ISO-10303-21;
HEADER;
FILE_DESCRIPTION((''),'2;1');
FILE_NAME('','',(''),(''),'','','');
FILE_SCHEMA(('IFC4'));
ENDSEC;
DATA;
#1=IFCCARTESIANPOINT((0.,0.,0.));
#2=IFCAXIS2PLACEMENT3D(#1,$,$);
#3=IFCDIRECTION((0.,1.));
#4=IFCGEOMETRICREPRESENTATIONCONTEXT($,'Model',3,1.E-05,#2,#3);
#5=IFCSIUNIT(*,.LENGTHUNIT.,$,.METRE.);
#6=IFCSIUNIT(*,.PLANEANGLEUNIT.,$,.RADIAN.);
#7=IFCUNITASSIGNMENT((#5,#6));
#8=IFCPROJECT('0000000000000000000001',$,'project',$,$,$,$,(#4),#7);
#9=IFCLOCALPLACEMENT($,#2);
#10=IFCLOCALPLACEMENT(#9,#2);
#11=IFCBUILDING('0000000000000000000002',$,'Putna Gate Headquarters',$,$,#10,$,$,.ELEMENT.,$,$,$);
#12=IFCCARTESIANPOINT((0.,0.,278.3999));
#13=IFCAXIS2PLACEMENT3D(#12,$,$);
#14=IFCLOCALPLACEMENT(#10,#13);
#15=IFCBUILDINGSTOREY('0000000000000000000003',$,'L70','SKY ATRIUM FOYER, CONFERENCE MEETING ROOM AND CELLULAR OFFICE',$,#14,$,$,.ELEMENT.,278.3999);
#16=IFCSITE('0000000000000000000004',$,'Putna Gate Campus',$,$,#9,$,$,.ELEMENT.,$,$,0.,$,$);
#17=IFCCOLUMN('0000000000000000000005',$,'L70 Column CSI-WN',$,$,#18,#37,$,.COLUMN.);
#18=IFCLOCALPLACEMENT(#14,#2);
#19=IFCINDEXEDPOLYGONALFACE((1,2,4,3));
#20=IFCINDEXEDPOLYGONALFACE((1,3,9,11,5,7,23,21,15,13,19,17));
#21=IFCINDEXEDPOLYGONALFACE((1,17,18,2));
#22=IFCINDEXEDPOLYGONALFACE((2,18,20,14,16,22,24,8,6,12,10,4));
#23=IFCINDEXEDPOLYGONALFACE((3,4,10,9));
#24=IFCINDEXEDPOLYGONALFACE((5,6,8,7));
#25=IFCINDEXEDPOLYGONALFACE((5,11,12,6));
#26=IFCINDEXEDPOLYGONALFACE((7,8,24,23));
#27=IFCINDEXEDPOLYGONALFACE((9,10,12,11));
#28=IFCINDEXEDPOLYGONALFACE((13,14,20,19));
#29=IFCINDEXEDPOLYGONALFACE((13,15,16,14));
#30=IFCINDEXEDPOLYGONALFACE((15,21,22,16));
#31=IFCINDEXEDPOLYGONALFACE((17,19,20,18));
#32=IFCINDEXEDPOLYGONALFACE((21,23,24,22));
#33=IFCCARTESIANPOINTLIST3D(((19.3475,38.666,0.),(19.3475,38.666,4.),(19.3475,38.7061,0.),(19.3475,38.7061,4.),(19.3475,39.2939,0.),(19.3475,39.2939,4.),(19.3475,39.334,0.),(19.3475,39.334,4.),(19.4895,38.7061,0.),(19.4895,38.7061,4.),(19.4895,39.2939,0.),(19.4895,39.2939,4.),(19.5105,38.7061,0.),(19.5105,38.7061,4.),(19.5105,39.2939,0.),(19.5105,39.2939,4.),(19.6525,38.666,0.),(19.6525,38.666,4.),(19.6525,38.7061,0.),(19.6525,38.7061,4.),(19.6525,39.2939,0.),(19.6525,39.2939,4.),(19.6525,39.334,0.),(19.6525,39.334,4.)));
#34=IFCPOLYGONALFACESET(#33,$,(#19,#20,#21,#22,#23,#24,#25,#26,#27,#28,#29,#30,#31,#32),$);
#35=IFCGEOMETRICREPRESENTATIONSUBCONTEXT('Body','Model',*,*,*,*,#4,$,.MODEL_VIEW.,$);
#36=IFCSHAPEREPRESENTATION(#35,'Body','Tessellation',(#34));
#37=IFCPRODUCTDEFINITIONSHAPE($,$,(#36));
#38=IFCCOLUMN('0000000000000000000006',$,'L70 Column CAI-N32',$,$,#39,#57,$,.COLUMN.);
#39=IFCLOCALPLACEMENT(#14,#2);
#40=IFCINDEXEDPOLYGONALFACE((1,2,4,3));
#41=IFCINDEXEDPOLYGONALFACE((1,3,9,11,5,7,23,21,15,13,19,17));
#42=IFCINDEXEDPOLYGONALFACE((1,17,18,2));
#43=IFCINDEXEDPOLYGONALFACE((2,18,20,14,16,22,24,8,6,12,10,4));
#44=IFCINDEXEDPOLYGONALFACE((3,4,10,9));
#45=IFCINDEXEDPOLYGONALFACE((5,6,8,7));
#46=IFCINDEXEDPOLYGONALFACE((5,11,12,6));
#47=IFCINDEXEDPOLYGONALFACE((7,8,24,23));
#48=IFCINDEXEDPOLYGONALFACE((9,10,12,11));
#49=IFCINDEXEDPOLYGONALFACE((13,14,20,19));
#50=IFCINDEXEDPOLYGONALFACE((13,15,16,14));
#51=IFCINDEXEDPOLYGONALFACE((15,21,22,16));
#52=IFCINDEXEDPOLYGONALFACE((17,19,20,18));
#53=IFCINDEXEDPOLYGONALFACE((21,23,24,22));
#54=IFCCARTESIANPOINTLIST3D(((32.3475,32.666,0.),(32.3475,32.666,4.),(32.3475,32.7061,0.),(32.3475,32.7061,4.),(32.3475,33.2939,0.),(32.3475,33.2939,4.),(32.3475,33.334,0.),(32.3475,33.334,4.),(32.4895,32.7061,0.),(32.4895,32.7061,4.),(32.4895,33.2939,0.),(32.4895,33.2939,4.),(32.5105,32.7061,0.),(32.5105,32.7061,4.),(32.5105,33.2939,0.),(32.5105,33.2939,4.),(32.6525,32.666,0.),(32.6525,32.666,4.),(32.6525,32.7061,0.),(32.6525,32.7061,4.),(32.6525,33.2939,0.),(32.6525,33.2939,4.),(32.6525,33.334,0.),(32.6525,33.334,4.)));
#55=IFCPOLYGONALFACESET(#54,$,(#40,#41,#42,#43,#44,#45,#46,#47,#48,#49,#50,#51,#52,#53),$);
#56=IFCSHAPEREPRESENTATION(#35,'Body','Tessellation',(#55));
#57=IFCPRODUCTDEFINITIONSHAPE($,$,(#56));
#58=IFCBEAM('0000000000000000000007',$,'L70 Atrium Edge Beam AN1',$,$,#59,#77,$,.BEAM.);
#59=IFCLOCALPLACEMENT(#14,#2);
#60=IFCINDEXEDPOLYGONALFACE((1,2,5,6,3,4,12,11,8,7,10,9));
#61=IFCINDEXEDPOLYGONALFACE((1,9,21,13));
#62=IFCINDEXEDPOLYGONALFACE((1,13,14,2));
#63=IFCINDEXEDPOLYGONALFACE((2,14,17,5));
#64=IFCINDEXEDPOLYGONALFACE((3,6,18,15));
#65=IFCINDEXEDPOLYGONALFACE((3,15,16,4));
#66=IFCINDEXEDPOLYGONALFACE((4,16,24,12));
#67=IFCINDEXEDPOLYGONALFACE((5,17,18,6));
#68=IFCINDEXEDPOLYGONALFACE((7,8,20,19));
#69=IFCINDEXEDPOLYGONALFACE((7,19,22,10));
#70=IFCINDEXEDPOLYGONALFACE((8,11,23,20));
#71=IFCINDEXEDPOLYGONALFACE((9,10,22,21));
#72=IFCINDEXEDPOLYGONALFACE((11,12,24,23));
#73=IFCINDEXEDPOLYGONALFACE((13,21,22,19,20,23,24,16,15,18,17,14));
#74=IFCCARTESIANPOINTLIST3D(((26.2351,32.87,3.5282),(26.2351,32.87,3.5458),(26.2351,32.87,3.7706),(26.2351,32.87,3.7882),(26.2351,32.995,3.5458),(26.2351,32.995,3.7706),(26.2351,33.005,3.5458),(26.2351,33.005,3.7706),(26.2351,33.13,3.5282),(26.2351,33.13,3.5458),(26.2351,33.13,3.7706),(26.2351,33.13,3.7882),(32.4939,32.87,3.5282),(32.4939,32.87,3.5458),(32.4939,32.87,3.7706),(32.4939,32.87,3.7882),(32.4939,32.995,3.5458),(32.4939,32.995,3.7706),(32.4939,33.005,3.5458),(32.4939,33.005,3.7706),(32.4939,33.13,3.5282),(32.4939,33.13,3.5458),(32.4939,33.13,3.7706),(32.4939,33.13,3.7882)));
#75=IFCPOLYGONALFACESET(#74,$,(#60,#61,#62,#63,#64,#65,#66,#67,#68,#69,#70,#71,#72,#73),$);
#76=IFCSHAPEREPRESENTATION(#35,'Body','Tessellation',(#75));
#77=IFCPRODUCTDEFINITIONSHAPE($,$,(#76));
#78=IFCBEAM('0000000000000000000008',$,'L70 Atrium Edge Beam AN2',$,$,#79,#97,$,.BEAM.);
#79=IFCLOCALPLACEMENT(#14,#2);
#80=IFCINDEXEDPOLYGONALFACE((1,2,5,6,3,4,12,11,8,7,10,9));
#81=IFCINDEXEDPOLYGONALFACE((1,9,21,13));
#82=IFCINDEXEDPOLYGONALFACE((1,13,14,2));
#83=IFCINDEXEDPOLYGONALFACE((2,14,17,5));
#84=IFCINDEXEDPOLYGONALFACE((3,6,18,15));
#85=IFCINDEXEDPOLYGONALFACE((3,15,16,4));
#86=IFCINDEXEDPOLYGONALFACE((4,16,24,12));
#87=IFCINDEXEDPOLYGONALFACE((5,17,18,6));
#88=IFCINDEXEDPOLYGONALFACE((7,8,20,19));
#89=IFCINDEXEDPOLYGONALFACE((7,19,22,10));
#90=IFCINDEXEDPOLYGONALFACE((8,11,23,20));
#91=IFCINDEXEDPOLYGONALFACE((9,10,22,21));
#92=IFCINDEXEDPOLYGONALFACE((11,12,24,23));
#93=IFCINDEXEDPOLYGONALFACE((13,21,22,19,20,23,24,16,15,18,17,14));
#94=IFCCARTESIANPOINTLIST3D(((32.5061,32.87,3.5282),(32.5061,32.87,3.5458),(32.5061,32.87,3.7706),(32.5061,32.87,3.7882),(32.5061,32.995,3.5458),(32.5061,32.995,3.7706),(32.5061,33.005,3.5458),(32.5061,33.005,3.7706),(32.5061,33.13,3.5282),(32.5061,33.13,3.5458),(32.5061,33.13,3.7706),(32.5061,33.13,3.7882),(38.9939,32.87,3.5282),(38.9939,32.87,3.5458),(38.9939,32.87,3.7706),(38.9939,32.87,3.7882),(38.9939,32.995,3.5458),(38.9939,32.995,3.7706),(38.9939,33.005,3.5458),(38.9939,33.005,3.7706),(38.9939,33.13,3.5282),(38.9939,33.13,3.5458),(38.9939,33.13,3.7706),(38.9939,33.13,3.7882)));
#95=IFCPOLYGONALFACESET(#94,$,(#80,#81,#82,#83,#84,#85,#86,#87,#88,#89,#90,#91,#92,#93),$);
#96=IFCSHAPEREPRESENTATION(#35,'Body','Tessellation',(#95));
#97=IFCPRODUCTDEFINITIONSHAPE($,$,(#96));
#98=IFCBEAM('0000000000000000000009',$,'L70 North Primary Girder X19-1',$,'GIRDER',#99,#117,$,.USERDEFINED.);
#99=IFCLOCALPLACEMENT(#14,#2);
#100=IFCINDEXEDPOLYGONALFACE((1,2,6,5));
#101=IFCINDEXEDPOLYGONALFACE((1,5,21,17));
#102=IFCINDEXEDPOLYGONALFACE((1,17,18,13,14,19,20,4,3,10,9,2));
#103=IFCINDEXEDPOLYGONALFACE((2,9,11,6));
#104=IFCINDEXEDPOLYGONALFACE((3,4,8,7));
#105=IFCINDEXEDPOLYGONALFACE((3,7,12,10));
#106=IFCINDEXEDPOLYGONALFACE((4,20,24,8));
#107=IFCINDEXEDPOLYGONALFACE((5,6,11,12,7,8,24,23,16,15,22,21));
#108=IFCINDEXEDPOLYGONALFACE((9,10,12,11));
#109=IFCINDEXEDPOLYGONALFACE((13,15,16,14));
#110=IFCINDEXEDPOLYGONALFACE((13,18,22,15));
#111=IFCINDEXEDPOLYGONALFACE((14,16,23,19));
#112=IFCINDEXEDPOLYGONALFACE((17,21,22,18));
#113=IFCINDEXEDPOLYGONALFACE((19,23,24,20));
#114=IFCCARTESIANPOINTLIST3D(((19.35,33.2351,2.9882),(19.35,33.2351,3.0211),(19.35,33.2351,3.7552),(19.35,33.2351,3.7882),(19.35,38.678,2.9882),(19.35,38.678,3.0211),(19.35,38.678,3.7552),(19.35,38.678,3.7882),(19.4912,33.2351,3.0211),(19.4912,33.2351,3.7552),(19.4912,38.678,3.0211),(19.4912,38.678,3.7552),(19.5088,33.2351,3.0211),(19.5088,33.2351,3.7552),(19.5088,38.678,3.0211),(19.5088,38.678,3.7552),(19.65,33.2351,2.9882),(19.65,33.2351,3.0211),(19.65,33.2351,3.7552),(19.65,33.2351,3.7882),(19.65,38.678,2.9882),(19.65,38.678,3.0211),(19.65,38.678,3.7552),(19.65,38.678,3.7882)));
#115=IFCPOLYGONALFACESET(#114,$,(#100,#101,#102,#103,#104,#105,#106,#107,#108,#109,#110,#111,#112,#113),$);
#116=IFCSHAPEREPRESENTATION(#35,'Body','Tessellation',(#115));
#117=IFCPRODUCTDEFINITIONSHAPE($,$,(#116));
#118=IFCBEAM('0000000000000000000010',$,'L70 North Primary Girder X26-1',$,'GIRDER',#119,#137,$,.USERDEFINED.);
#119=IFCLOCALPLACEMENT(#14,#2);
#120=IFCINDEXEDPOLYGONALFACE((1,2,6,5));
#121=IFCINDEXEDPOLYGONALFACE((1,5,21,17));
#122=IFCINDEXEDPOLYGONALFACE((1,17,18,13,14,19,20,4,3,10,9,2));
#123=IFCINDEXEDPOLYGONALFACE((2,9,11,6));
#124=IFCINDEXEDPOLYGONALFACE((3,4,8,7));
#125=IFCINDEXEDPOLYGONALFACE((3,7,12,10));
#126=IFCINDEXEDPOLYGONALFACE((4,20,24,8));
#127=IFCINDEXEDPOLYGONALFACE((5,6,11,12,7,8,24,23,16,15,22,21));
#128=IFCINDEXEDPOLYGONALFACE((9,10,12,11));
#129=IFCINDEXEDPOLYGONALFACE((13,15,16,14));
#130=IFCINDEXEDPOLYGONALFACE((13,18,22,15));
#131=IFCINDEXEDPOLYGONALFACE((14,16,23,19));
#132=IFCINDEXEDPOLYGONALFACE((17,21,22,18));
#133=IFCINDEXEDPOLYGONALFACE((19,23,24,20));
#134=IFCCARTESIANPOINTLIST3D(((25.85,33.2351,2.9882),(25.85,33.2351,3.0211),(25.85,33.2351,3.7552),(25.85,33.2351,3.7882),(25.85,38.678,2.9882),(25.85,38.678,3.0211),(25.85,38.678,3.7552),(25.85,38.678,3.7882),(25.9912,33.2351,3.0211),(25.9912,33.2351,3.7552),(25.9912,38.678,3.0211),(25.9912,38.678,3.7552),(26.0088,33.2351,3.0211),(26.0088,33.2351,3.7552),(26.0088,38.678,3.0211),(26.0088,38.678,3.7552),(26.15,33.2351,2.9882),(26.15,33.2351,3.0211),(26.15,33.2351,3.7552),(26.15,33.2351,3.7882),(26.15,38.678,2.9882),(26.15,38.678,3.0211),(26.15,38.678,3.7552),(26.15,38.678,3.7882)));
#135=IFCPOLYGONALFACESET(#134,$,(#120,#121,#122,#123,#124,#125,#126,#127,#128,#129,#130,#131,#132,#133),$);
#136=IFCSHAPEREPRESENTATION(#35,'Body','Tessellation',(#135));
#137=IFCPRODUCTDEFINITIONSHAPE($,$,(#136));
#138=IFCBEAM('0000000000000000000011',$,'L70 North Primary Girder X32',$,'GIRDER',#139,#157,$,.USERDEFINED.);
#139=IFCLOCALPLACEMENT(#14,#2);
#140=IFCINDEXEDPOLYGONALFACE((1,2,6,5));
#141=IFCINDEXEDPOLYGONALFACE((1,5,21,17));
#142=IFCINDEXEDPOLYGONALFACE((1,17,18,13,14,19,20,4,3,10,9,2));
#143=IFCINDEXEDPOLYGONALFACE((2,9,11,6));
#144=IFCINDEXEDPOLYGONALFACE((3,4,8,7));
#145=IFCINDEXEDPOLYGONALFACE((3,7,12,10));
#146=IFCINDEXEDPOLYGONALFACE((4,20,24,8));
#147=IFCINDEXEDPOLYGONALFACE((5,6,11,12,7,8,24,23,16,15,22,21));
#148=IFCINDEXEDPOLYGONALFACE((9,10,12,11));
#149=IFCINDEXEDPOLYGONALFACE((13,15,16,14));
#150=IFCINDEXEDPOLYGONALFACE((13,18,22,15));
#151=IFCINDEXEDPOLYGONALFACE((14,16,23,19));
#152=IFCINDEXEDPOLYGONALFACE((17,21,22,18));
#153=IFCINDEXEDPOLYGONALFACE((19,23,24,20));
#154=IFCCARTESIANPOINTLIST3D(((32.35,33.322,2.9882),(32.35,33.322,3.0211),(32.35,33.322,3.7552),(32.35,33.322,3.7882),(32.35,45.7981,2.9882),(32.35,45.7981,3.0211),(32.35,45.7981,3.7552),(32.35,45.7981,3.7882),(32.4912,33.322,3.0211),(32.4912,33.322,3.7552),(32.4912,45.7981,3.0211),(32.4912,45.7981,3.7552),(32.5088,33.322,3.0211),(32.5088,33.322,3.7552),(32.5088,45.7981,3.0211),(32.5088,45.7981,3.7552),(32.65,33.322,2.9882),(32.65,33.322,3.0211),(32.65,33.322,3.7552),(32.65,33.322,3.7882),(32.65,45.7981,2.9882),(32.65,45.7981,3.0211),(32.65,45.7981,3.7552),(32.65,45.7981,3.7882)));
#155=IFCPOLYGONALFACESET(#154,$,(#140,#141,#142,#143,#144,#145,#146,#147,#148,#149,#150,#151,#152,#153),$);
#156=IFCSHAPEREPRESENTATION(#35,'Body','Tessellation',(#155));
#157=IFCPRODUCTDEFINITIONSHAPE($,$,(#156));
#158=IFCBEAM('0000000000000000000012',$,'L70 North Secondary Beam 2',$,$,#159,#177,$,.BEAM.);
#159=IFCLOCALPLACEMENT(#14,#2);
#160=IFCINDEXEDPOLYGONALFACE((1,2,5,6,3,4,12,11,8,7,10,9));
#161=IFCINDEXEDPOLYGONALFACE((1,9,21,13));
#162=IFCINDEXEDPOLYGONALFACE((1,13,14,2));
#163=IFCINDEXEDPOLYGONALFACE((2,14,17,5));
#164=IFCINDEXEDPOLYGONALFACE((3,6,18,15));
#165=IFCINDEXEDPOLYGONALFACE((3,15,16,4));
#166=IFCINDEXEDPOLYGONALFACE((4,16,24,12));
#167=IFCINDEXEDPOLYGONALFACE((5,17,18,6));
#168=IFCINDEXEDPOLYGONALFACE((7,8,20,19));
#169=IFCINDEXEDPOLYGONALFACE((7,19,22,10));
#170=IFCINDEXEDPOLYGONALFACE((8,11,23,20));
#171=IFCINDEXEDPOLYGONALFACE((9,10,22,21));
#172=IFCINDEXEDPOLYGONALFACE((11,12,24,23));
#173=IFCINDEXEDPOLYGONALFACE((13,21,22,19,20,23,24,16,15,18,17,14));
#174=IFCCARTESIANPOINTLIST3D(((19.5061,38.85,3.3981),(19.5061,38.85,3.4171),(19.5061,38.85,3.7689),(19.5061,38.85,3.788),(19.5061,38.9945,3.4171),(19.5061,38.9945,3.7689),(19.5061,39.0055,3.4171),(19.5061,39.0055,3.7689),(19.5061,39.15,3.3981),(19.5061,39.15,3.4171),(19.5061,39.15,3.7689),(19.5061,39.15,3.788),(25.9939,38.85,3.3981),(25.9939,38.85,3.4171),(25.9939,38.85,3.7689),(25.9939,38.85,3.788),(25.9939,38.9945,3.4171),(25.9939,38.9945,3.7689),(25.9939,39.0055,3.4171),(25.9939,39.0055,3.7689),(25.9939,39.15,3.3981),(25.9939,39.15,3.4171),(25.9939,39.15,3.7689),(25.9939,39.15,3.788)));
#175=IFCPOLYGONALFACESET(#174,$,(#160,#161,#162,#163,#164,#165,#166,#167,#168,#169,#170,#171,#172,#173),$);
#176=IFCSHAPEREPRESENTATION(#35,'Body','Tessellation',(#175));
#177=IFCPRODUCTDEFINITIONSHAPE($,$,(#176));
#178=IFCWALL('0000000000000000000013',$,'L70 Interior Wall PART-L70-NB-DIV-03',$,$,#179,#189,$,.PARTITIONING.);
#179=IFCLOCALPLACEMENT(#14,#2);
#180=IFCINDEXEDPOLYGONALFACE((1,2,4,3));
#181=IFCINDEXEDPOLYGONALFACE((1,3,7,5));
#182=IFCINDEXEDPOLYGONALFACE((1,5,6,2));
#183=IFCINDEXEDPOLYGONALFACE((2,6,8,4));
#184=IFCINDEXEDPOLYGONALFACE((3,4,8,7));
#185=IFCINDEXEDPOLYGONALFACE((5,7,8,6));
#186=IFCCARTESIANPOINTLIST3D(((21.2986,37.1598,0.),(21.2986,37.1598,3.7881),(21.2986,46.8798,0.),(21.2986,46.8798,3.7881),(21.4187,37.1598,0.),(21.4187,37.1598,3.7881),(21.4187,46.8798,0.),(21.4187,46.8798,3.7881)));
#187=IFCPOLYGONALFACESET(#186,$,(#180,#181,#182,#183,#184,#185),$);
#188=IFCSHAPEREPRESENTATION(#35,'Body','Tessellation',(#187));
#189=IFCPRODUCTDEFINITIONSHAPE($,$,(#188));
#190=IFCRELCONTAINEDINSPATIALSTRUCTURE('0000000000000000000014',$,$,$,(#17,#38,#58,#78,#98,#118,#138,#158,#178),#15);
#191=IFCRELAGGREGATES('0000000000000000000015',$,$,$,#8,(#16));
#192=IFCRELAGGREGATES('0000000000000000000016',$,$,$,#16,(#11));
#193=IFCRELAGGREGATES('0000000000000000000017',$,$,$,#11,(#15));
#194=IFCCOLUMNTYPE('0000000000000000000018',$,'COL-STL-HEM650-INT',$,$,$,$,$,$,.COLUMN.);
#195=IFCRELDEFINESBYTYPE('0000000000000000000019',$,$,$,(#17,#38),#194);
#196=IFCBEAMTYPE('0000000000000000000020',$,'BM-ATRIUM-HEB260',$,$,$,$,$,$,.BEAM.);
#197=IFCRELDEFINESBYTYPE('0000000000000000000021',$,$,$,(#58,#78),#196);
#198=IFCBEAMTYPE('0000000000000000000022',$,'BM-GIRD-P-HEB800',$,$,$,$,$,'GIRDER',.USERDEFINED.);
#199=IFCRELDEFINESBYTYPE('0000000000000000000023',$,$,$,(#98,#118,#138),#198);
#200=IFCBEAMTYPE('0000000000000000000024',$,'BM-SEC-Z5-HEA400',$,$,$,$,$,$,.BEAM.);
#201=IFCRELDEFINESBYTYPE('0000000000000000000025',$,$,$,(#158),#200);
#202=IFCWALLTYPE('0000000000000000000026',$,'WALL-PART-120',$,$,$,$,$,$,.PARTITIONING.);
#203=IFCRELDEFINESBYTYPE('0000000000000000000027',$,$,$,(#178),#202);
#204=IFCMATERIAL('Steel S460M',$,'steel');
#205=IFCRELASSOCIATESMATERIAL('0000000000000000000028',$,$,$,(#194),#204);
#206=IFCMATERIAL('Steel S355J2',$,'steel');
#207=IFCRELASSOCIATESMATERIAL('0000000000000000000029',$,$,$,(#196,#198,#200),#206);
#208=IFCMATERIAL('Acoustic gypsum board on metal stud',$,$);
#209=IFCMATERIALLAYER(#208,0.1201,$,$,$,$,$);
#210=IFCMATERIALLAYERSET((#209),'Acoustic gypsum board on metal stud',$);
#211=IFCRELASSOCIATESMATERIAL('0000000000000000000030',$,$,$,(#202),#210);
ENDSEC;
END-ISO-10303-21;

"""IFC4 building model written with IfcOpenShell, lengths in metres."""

from ifc_helpers import new_model, si_unit, direction, frame, frame_2d, origin, origin_2d, place, context, subcontext, project, spatial, rectangle, i_section, extrude, material, layer, layer_set, material_profile, profile_set, type_object, element, save


model = new_model("IFC4")

# Units and contexts
model_context = context("Model", 3, precision=1e-05, world=origin(), true_north=direction((0.0, 1.0)))
body_context = subcontext(model_context, "Body", "Model", "MODEL_VIEW")
ifc_project = project(units=[si_unit("LENGTHUNIT", "METRE"), si_unit("PLANEANGLEUNIT", "RADIAN")], contexts=[model_context])

# Site, building, storey
site_placement = place(None, origin())
site = spatial("IfcSite", under=ifc_project, at=site_placement, Name="Putna Gate Campus", CompositionType="ELEMENT", RefElevation=0.0)
building_placement = place(site_placement, origin())
building = spatial("IfcBuilding", under=site, at=building_placement, Name="Putna Gate Headquarters", CompositionType="ELEMENT")
storey_placement = place(building_placement, frame((0.0, 0.0, 278.3999)))
storey = spatial("IfcBuildingStorey", under=building, at=storey_placement, Name="L70", Description="SKY ATRIUM FOYER, CONFERENCE MEETING ROOM AND CELLULAR OFFICE", CompositionType="ELEMENT", Elevation=278.3999)

# Columns
ifc_material_1 = material(Name="Steel S460M", Category="steel")
ifc_material_profile_1 = material_profile(ifc_material_1, i_section(OverallWidth=0.3049, OverallDepth=0.668, WebThickness=0.021, FlangeThickness=0.04, at=origin_2d()), Name="Steel S460M")
ifc_profile_set_1 = profile_set([ifc_material_profile_1], Name="Steel S460M")
column_type = type_object("IfcColumnType", Name="COL-STL-HEM650-INT", PredefinedType="COLUMN", material=ifc_profile_set_1)
for number, where, z_axis, x_axis, name in (
    (1, (19.5, 39.0, 0.0), (0.0, 0.0, 1.0), (1.0, 0.0, 0.0), "L70 Column CSI-WN"),
    (2, (32.5, 33.0, 0.0), (0.0, 0.0, 1.0), (1.0, 0.0, 0.0), "L70 Column CAI-N32"),
):
    element("IfcColumn", number, at=place(storey_placement, frame(where, z_axis=z_axis, x_axis=x_axis)), inside=storey, type_object=column_type, Name=name, PredefinedType="COLUMN", context=body_context, shape_type="SweptSolid", body=[
        extrude(i_section(OverallWidth=0.3049, OverallDepth=0.668, WebThickness=0.021, FlangeThickness=0.04, at=origin_2d()), origin(), (0.0, 0.0, 1.0), 4.0),
    ])

# Beams
ifc_material_2 = material(Name="Steel S355J2", Category="steel")
ifc_material_profile_2 = material_profile(ifc_material_2, i_section(OverallWidth=0.26, OverallDepth=0.26, WebThickness=0.01, FlangeThickness=0.0176, at=origin_2d()), Name="Steel S355J2")
ifc_profile_set_2 = profile_set([ifc_material_profile_2], Name="Steel S355J2")
beam_type_1 = type_object("IfcBeamType", Name="BM-ATRIUM-HEB260", PredefinedType="BEAM", material=ifc_profile_set_2)
beam_1_placement = place(storey_placement, frame((26.2351, 33.0, 3.6582), z_axis=(1.0, 0.0, 0.0), x_axis=(0.0, 1.0, 0.0)))
element("IfcBeam", 3, at=beam_1_placement, inside=storey, type_object=beam_type_1, Name="L70 Atrium Edge Beam AN1", PredefinedType="BEAM", context=body_context, shape_type="SweptSolid", body=[
    extrude(i_section(OverallWidth=0.26, OverallDepth=0.26, WebThickness=0.01, FlangeThickness=0.0176, at=origin_2d()), origin(), (0.0, 0.0, 1.0), 6.2588),
])
beam_2_placement = place(storey_placement, frame((32.5061, 33.0, 3.6582), z_axis=(1.0, 0.0, 0.0), x_axis=(0.0, 1.0, 0.0)))
element("IfcBeam", 4, at=beam_2_placement, inside=storey, type_object=beam_type_1, Name="L70 Atrium Edge Beam AN2", PredefinedType="BEAM", context=body_context, shape_type="SweptSolid", body=[
    extrude(i_section(OverallWidth=0.26, OverallDepth=0.26, WebThickness=0.01, FlangeThickness=0.0176, at=origin_2d()), origin(), (0.0, 0.0, 1.0), 6.4878),
])
ifc_material_profile_3 = material_profile(ifc_material_2, i_section(OverallWidth=0.3, OverallDepth=0.8, WebThickness=0.0176, FlangeThickness=0.033, at=origin_2d()), Name="Steel S355J2")
ifc_profile_set_3 = profile_set([ifc_material_profile_3], Name="Steel S355J2")
beam_type_2 = type_object("IfcBeamType", Name="BM-GIRD-P-HEB800", ElementType="GIRDER", PredefinedType="USERDEFINED", material=ifc_profile_set_3)
for number, where, z_axis, x_axis, name in (
    (5, (19.5, 33.2351, 3.3882), (0.0, 1.0, 0.0), (-1.0, 0.0, 0.0), "L70 North Primary Girder X19-1"),
    (6, (26.0, 33.2351, 3.3882), (0.0, 1.0, 0.0), (-1.0, 0.0, 0.0), "L70 North Primary Girder X26-1"),
):
    element("IfcBeam", number, at=place(storey_placement, frame(where, z_axis=z_axis, x_axis=x_axis)), inside=storey, type_object=beam_type_2, Name=name, ObjectType="GIRDER", PredefinedType="USERDEFINED", context=body_context, shape_type="SweptSolid", body=[
        extrude(i_section(OverallWidth=0.3, OverallDepth=0.8, WebThickness=0.0176, FlangeThickness=0.033, at=origin_2d()), origin(), (0.0, 0.0, 1.0), 5.4429),
    ])
beam_3_placement = place(storey_placement, frame((32.5, 33.322, 3.3882), z_axis=(0.0, 1.0, 0.0), x_axis=(-1.0, 0.0, 0.0)))
element("IfcBeam", 7, at=beam_3_placement, inside=storey, type_object=beam_type_2, Name="L70 North Primary Girder X32", ObjectType="GIRDER", PredefinedType="USERDEFINED", context=body_context, shape_type="SweptSolid", body=[
    extrude(i_section(OverallWidth=0.3, OverallDepth=0.8, WebThickness=0.0176, FlangeThickness=0.033, at=origin_2d()), origin(), (0.0, 0.0, 1.0), 12.4761),
])
ifc_material_profile_4 = material_profile(ifc_material_2, i_section(OverallWidth=0.3, OverallDepth=0.3899, WebThickness=0.011, FlangeThickness=0.019, at=origin_2d()), Name="Steel S355J2")
ifc_profile_set_4 = profile_set([ifc_material_profile_4], Name="Steel S355J2")
beam_type_3 = type_object("IfcBeamType", Name="BM-SEC-Z5-HEA400", PredefinedType="BEAM", material=ifc_profile_set_4)
beam_4_placement = place(storey_placement, frame((19.5061, 39.0, 3.593), z_axis=(1.0, 0.0, 0.0), x_axis=(0.0, 1.0, 0.0)))
element("IfcBeam", 8, at=beam_4_placement, inside=storey, type_object=beam_type_3, Name="L70 North Secondary Beam 2", PredefinedType="BEAM", context=body_context, shape_type="SweptSolid", body=[
    extrude(i_section(OverallWidth=0.3, OverallDepth=0.3899, WebThickness=0.011, FlangeThickness=0.019, at=origin_2d()), origin(), (0.0, 0.0, 1.0), 6.4878),
])

# Wall
ifc_material_3 = material(Name="Acoustic gypsum board on metal stud")
ifc_layer_1 = layer(ifc_material_3, 0.1201)
ifc_layer_set_1 = layer_set([ifc_layer_1], Name="Acoustic gypsum board on metal stud")
wall_type_1 = type_object("IfcWallType", Name="WALL-PART-120", PredefinedType="PARTITIONING", material=ifc_layer_set_1)
for number, where, z_axis, x_axis, name in (
    (9, (21.3586, 37.1599, 0.0), (0.0, 0.0, 1.0), (0.0, 1.0, 0.0), "L70 Interior Wall PART-L70-NB-DIV-03"),
):
    element("IfcWall", number, at=place(storey_placement, frame(where, z_axis=z_axis, x_axis=x_axis)), inside=storey, type_object=wall_type_1, Name=name, PredefinedType="PARTITIONING", context=body_context, shape_type="SweptSolid", body=[
        extrude(rectangle(XDim=9.72, YDim=0.1201, at=frame_2d((4.8599, 0.0))), origin(), (0.0, 0.0, 1.0), 3.7881),
    ])

save(model, "model.ifc")
